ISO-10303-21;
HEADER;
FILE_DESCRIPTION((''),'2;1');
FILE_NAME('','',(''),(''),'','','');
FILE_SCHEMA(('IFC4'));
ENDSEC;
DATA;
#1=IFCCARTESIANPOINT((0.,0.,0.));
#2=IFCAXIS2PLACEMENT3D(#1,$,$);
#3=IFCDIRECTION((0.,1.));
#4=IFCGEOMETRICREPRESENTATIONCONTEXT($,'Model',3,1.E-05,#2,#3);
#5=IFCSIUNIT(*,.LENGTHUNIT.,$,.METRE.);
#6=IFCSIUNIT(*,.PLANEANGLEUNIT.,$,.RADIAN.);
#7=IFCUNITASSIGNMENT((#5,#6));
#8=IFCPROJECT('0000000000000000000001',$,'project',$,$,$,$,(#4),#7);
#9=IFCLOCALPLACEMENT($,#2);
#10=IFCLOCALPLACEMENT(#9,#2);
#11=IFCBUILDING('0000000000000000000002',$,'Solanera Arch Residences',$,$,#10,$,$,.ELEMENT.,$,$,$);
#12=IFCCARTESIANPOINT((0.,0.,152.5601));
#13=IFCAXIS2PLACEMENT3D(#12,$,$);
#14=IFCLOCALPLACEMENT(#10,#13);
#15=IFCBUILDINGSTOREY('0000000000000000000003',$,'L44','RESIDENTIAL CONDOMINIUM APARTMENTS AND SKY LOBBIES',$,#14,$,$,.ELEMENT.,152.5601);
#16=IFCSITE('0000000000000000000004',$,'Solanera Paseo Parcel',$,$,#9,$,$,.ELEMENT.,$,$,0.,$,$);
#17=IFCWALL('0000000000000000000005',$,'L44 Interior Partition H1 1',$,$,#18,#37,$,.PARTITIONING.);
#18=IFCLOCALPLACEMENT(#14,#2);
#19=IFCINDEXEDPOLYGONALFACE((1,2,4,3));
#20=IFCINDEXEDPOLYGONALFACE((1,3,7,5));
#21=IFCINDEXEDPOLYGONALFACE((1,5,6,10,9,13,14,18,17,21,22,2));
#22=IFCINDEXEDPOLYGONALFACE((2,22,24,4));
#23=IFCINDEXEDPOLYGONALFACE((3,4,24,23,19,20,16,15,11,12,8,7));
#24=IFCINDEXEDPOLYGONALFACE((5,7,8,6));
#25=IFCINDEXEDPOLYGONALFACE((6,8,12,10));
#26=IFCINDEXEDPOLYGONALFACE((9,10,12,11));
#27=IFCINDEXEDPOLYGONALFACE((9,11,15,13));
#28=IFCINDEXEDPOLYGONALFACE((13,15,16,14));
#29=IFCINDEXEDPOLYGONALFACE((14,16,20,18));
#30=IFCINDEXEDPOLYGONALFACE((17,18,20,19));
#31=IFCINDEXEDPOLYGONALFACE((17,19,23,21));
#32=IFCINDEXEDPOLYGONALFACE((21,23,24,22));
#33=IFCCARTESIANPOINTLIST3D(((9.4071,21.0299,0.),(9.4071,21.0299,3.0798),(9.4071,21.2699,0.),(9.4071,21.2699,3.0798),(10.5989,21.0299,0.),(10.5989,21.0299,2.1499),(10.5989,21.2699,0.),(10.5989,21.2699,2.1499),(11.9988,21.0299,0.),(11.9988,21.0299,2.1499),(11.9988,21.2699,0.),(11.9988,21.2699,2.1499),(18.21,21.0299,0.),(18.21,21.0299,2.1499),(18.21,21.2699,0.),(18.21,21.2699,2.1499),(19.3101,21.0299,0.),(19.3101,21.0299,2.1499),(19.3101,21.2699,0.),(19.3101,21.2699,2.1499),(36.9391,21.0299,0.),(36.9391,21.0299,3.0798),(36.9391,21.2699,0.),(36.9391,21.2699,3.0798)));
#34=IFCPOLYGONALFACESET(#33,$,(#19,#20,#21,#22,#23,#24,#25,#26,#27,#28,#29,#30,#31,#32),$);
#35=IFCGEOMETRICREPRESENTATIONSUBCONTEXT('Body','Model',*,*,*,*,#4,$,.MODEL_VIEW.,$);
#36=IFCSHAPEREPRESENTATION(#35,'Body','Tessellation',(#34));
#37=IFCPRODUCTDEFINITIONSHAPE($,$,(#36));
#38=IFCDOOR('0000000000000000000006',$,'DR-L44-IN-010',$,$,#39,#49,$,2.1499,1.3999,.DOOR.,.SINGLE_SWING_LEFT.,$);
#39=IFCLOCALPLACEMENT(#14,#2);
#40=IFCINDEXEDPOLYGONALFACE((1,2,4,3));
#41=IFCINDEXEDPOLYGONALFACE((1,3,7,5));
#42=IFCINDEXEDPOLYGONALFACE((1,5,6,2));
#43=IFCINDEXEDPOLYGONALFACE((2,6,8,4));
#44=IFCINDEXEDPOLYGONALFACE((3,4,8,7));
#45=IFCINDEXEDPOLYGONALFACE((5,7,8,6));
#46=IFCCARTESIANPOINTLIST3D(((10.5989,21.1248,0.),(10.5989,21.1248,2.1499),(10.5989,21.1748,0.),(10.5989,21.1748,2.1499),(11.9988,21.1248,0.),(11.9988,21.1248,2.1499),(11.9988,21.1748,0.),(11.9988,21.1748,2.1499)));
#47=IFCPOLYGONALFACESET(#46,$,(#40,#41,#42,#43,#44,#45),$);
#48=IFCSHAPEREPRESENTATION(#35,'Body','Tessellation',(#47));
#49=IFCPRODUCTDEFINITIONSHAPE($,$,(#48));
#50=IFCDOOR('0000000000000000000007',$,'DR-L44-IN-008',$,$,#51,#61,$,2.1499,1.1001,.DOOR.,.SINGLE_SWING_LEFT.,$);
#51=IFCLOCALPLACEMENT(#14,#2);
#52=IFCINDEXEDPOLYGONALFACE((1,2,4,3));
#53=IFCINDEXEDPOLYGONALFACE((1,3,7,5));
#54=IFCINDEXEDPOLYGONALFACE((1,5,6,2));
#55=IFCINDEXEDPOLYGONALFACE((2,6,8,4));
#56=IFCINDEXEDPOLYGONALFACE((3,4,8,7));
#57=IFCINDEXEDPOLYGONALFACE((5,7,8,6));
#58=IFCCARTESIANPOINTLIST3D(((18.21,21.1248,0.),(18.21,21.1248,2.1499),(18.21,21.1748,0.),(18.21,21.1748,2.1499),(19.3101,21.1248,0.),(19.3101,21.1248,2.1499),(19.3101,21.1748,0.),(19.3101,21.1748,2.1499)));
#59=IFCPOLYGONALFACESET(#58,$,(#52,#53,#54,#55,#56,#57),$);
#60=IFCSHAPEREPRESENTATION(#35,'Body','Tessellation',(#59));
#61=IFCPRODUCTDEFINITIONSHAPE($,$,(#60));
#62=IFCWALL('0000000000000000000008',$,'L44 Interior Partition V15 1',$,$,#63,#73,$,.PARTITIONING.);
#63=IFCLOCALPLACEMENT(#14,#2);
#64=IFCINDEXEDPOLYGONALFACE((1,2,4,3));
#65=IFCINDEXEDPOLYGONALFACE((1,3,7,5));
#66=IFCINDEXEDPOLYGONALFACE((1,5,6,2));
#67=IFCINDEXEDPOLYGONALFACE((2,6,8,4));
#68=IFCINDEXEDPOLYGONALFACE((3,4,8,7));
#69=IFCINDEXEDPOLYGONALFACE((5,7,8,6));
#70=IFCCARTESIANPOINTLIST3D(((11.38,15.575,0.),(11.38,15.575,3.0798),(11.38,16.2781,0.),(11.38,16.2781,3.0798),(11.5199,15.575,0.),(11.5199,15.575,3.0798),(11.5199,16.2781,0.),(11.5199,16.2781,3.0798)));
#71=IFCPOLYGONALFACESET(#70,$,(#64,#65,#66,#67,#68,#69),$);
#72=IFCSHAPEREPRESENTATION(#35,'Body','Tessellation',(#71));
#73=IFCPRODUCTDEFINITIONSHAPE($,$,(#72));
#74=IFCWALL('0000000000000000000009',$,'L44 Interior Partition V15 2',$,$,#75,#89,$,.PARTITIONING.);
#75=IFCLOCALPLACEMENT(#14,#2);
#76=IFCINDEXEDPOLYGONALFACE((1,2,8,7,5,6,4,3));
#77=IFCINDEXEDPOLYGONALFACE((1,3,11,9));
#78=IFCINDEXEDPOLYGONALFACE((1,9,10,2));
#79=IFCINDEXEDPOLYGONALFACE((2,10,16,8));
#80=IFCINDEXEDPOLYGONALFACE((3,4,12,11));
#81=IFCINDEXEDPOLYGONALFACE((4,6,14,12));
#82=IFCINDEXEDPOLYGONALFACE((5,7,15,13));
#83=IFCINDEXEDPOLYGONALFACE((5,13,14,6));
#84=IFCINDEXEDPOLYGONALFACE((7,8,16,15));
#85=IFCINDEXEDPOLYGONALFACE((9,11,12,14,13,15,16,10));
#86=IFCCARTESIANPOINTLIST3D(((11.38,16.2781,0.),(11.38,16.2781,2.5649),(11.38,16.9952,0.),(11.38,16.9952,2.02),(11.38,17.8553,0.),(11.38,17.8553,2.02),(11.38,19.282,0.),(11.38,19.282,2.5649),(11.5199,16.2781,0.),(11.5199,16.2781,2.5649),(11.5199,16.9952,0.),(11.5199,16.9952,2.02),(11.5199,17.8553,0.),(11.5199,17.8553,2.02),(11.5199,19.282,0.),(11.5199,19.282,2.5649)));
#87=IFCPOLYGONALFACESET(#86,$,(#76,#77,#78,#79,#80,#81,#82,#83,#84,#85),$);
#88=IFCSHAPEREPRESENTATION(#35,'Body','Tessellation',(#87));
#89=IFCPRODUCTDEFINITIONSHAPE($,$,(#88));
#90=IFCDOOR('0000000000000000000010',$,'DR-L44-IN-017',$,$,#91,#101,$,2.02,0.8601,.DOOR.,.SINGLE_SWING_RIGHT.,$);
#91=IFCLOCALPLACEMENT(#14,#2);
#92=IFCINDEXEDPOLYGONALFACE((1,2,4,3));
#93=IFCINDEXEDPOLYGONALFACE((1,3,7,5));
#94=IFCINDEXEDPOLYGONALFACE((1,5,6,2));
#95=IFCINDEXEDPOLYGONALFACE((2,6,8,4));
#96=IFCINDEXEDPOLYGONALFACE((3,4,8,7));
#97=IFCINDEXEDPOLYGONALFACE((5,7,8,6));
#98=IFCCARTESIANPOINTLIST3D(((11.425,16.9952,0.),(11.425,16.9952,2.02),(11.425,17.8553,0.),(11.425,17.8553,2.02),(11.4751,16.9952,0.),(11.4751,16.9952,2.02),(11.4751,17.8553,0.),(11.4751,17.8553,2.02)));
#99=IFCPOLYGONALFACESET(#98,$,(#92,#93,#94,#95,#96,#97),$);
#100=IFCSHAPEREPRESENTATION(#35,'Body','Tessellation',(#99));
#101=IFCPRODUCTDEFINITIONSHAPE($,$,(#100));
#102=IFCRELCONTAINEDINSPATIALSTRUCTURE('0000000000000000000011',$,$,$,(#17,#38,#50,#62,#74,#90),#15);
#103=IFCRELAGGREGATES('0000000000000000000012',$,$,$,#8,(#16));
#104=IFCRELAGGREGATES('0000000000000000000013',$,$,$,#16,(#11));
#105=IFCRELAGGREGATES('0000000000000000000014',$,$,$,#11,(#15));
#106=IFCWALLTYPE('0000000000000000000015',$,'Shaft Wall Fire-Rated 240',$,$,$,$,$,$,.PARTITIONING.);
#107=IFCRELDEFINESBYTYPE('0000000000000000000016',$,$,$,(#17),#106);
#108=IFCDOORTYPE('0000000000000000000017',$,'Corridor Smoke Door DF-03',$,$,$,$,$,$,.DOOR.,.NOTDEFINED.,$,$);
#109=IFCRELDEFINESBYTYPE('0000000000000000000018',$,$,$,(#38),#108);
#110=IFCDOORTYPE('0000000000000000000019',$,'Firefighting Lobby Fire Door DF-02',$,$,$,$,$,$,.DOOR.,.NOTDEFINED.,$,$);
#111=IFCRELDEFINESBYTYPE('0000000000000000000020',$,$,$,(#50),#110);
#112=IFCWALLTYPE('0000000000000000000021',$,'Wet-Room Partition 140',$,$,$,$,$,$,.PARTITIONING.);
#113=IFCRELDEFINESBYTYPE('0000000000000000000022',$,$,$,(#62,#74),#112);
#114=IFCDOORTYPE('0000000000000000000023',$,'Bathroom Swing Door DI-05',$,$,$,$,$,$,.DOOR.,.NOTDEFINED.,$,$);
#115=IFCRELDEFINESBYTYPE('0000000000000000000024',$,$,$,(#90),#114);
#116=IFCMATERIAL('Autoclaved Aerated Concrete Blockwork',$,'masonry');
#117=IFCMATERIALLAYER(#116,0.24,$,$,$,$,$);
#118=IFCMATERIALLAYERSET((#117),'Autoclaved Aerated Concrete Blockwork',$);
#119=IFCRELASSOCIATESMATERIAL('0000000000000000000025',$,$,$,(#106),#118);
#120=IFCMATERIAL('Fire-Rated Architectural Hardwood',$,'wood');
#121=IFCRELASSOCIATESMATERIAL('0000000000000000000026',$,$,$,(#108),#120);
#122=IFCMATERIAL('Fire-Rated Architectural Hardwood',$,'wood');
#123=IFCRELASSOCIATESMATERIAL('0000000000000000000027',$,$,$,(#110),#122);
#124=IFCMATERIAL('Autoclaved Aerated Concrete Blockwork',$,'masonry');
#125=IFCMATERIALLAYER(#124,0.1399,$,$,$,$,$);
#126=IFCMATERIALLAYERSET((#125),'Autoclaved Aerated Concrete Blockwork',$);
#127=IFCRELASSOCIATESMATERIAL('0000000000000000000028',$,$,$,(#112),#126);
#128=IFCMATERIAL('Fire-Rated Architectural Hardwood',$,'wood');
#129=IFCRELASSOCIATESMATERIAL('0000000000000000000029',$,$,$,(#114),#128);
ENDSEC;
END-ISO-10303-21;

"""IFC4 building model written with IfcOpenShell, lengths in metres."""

from ifc_helpers import new_model, si_unit, direction, frame, frame_2d, origin, place, context, subcontext, project, spatial, rectangle, extrude, material, layer, layer_set, type_object, element, fill, save


model = new_model("IFC4")

# Units and contexts
model_context = context("Model", 3, precision=1e-05, world=origin(), true_north=direction((0.0, 1.0)))
body_context = subcontext(model_context, "Body", "Model", "MODEL_VIEW")
ifc_project = project(units=[si_unit("LENGTHUNIT", "METRE"), si_unit("PLANEANGLEUNIT", "RADIAN")], contexts=[model_context])

# Site, building, storey
site_placement = place(None, origin())
site = spatial("IfcSite", under=ifc_project, at=site_placement, Name="Solanera Paseo Parcel", CompositionType="ELEMENT", RefElevation=0.0)
building_placement = place(site_placement, origin())
building = spatial("IfcBuilding", under=site, at=building_placement, Name="Solanera Arch Residences", CompositionType="ELEMENT")
storey_placement = place(building_placement, frame((0.0, 0.0, 152.5601)))
storey = spatial("IfcBuildingStorey", under=building, at=storey_placement, Name="L44", Description="RESIDENTIAL CONDOMINIUM APARTMENTS AND SKY LOBBIES", CompositionType="ELEMENT", Elevation=152.5601)

# Wall, openings, doors
ifc_material_1 = material(Name="Autoclaved Aerated Concrete Blockwork", Category="masonry")
ifc_layer_1 = layer(ifc_material_1, 0.24)
ifc_layer_set_1 = layer_set([ifc_layer_1], Name="Autoclaved Aerated Concrete Blockwork")
wall_type_1 = type_object("IfcWallType", Name="Shaft Wall Fire-Rated 240", PredefinedType="PARTITIONING", material=ifc_layer_set_1)
wall_1_placement = place(storey_placement, frame((9.407, 21.1499, 0.0), z_axis=(0.0, 0.0, 1.0), x_axis=(1.0, 0.0, 0.0)))
wall_1 = element("IfcWall", 1, at=wall_1_placement, inside=storey, type_object=wall_type_1, Name="L44 Interior Partition H1 1", PredefinedType="PARTITIONING", context=body_context, shape_type="SweptSolid", body=[
    extrude(rectangle(XDim=27.532, YDim=0.24, at=frame_2d((13.7661, 0.0))), origin(), (0.0, 0.0, 1.0), 3.0798),
])
opening_1_placement = place(wall_1_placement, frame((8.803, 0.0, 0.0)))
opening_1 = element("IfcOpeningElement", 2, at=opening_1_placement, cuts=wall_1, PredefinedType="OPENING", context=body_context, shape_type="SweptSolid", body=[
    extrude(rectangle(XDim=1.1001, YDim=2.1499, at=frame_2d((0.55, 1.075))), frame((0.0, 0.1299, 0.0), z_axis=(0.0, -1.0, 0.0), x_axis=(1.0, 0.0, 0.0)), (0.0, 0.0, 1.0), 0.26),
])
opening_2_placement = place(wall_1_placement, frame((1.1919, 0.0, 0.0)))
opening_2 = element("IfcOpeningElement", 3, at=opening_2_placement, cuts=wall_1, PredefinedType="OPENING", context=body_context, shape_type="SweptSolid", body=[
    extrude(rectangle(XDim=1.3999, YDim=2.1499, at=frame_2d((0.7, 1.075))), frame((0.0, 0.1299, 0.0), z_axis=(0.0, -1.0, 0.0), x_axis=(1.0, 0.0, 0.0)), (0.0, 0.0, 1.0), 0.26),
])
ifc_material_2 = material(Name="Fire-Rated Architectural Hardwood", Category="wood")
door_type_1 = type_object("IfcDoorType", Name="Corridor Smoke Door DF-03", OperationType="NOTDEFINED", PredefinedType="DOOR", material=ifc_material_2)
door_1_placement = place(opening_2_placement, origin())
door_1 = element("IfcDoor", 4, at=door_1_placement, inside=storey, type_object=door_type_1, Name="DR-L44-IN-010", OperationType="SINGLE_SWING_LEFT", OverallHeight=2.1499, OverallWidth=1.3999, PredefinedType="DOOR", context=body_context, shape_type="SweptSolid", body=[
    extrude(rectangle(XDim=1.3999, YDim=2.1499, at=frame_2d((0.7, 1.075))), frame((0.0, 0.0249, 0.0), z_axis=(0.0, -1.0, 0.0), x_axis=(1.0, 0.0, 0.0)), (0.0, 0.0, 1.0), 0.05),
])
fill(opening_2, door_1)
ifc_material_3 = material(Name="Fire-Rated Architectural Hardwood", Category="wood")
door_type_2 = type_object("IfcDoorType", Name="Firefighting Lobby Fire Door DF-02", OperationType="NOTDEFINED", PredefinedType="DOOR", material=ifc_material_3)
door_2_placement = place(opening_1_placement, origin())
door_2 = element("IfcDoor", 5, at=door_2_placement, inside=storey, type_object=door_type_2, Name="DR-L44-IN-008", OperationType="SINGLE_SWING_LEFT", OverallHeight=2.1499, OverallWidth=1.1001, PredefinedType="DOOR", context=body_context, shape_type="SweptSolid", body=[
    extrude(rectangle(XDim=1.1001, YDim=2.1499, at=frame_2d((0.55, 1.075))), frame((0.0, 0.0249, 0.0), z_axis=(0.0, -1.0, 0.0), x_axis=(1.0, 0.0, 0.0)), (0.0, 0.0, 1.0), 0.05),
])
fill(opening_1, door_2)

# Wall
ifc_material_4 = material(Name="Autoclaved Aerated Concrete Blockwork", Category="masonry")
ifc_layer_2 = layer(ifc_material_4, 0.1399)
ifc_layer_set_2 = layer_set([ifc_layer_2], Name="Autoclaved Aerated Concrete Blockwork")
wall_type_2 = type_object("IfcWallType", Name="Wet-Room Partition 140", PredefinedType="PARTITIONING", material=ifc_layer_set_2)
wall_2_placement = place(storey_placement, frame((11.45, 15.575, 0.0), z_axis=(0.0, 0.0, 1.0), x_axis=(0.0, 1.0, 0.0)))
element("IfcWall", 6, at=wall_2_placement, inside=storey, type_object=wall_type_2, Name="L44 Interior Partition V15 1", PredefinedType="PARTITIONING", context=body_context, shape_type="SweptSolid", body=[
    extrude(rectangle(XDim=0.7031, YDim=0.1399, at=frame_2d((0.3516, 0.0))), origin(), (0.0, 0.0, 1.0), 3.0798),
])

# Wall, opening, door
wall_3_placement = place(storey_placement, frame((11.45, 16.2781, 0.0), z_axis=(0.0, 0.0, 1.0), x_axis=(0.0, 1.0, 0.0)))
wall_3 = element("IfcWall", 7, at=wall_3_placement, inside=storey, type_object=wall_type_2, Name="L44 Interior Partition V15 2", PredefinedType="PARTITIONING", context=body_context, shape_type="SweptSolid", body=[
    extrude(rectangle(XDim=3.0039, YDim=0.1399, at=frame_2d((1.502, 0.0))), origin(), (0.0, 0.0, 1.0), 2.5649),
])
opening_3_placement = place(wall_3_placement, frame((0.717, 0.0, 0.0)))
opening_3 = element("IfcOpeningElement", 8, at=opening_3_placement, cuts=wall_3, PredefinedType="OPENING", context=body_context, shape_type="SweptSolid", body=[
    extrude(rectangle(XDim=0.8601, YDim=2.02, at=frame_2d((0.4302, 1.01))), frame((0.0, 0.0798, 0.0), z_axis=(0.0, -1.0, 0.0), x_axis=(1.0, 0.0, 0.0)), (0.0, 0.0, 1.0), 0.1599),
])
ifc_material_5 = material(Name="Fire-Rated Architectural Hardwood", Category="wood")
door_type_3 = type_object("IfcDoorType", Name="Bathroom Swing Door DI-05", OperationType="NOTDEFINED", PredefinedType="DOOR", material=ifc_material_5)
door_3_placement = place(opening_3_placement, origin())
door_3 = element("IfcDoor", 9, at=door_3_placement, inside=storey, type_object=door_type_3, Name="DR-L44-IN-017", OperationType="SINGLE_SWING_RIGHT", OverallHeight=2.02, OverallWidth=0.8601, PredefinedType="DOOR", context=body_context, shape_type="SweptSolid", body=[
    extrude(rectangle(XDim=0.8601, YDim=2.02, at=frame_2d((0.4302, 1.01))), frame((0.0, 0.0249, 0.0), z_axis=(0.0, -1.0, 0.0), x_axis=(1.0, 0.0, 0.0)), (0.0, 0.0, 1.0), 0.05),
])
fill(opening_3, door_3)

save(model, "model.ifc")
